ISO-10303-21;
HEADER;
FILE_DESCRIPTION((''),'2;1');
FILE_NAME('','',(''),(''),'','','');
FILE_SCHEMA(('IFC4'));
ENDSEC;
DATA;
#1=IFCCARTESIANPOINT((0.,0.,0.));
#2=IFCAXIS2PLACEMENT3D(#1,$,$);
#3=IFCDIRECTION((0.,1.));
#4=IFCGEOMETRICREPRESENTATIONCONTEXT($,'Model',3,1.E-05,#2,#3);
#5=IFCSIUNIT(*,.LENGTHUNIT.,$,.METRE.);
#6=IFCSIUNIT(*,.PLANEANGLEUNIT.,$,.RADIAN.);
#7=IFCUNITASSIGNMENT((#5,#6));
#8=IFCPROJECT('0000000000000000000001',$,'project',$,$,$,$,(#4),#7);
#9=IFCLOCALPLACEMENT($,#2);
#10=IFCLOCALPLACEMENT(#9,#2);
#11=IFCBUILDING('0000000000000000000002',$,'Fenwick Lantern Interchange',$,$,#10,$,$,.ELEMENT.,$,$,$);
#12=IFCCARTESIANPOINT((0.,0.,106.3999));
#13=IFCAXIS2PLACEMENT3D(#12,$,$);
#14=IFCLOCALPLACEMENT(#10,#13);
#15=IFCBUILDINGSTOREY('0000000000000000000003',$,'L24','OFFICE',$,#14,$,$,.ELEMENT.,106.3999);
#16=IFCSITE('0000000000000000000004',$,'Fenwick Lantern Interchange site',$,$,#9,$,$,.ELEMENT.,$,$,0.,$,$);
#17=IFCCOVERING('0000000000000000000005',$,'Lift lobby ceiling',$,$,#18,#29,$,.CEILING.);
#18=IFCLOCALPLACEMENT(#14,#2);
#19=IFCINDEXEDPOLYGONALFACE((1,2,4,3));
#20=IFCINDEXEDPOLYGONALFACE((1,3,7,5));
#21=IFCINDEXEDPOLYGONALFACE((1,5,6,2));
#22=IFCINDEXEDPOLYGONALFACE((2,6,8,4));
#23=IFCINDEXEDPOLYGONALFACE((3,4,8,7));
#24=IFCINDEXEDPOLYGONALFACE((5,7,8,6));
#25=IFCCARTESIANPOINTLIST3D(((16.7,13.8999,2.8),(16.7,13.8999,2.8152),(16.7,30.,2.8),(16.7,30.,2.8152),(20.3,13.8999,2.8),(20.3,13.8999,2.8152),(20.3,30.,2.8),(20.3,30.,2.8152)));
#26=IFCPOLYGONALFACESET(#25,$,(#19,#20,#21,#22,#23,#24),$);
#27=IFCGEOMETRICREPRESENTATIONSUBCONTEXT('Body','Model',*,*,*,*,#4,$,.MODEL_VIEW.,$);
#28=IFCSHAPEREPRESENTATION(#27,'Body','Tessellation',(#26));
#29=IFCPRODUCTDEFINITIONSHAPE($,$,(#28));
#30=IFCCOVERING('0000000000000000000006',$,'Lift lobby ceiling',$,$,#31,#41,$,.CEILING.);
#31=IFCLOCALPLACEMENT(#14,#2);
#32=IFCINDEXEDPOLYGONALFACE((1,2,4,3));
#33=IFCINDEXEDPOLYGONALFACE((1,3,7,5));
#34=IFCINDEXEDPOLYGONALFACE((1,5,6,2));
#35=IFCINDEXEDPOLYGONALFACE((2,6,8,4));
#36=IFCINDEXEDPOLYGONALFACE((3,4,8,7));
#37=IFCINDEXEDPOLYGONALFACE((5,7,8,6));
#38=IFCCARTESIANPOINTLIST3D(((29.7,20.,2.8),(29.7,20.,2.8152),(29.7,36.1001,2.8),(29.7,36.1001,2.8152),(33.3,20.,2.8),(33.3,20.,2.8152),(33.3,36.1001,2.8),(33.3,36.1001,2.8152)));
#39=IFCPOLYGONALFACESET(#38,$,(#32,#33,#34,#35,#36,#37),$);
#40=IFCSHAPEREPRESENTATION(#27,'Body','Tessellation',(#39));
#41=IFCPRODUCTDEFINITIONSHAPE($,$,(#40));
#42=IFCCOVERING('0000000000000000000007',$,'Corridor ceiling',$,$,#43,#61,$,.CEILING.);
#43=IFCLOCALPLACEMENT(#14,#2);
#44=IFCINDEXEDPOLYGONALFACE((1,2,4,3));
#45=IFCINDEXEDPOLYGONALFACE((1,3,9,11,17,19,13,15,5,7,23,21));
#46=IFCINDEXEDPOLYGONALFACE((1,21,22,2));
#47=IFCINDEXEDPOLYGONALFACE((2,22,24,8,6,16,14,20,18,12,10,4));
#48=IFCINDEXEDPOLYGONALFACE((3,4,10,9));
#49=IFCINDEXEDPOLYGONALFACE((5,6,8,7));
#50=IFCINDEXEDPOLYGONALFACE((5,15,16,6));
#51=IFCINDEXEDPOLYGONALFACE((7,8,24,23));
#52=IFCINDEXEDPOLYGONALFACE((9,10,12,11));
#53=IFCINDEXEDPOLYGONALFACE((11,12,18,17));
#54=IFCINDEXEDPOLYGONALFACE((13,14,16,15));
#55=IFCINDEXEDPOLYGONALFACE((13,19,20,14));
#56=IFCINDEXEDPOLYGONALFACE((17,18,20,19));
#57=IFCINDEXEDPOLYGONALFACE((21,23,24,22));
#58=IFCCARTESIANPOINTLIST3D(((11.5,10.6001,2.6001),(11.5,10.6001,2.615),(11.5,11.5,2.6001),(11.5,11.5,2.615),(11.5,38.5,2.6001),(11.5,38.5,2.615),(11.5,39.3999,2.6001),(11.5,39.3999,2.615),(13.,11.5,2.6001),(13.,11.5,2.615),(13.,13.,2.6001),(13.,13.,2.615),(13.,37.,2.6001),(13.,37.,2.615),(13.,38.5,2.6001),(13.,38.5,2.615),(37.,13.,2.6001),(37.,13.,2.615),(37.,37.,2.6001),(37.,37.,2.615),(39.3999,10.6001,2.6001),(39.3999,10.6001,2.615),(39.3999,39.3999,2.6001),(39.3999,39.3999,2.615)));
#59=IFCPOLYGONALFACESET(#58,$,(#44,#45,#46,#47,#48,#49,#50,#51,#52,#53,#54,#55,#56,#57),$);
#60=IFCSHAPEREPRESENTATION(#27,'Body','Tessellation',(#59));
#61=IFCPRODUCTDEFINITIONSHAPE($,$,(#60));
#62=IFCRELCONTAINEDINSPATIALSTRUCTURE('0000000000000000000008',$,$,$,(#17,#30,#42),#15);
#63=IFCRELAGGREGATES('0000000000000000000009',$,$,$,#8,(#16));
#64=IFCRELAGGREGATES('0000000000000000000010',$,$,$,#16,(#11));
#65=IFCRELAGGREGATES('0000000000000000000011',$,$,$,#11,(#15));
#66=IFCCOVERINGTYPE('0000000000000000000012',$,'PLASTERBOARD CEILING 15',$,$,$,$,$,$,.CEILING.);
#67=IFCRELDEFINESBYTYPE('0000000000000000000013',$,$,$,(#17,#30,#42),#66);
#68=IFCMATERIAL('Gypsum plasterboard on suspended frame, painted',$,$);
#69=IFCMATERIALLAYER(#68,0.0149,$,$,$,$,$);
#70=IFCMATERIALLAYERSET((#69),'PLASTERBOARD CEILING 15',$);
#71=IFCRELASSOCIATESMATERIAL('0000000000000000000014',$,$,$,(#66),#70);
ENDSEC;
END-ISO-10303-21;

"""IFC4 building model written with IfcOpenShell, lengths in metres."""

from ifc_helpers import new_model, si_unit, direction, frame, origin, place, context, subcontext, project, spatial, polyline, outline, extrude, material, layer, layer_set, type_object, element, save


model = new_model("IFC4")

# Units and contexts
model_context = context("Model", 3, precision=1e-05, world=origin(), true_north=direction((0.0, 1.0)))
body_context = subcontext(model_context, "Body", "Model", "MODEL_VIEW")
ifc_project = project(units=[si_unit("LENGTHUNIT", "METRE"), si_unit("PLANEANGLEUNIT", "RADIAN")], contexts=[model_context])

# Site, building, storey
site_placement = place(None, origin())
site = spatial("IfcSite", under=ifc_project, at=site_placement, Name="Fenwick Lantern Interchange site", CompositionType="ELEMENT", RefElevation=0.0)
building_placement = place(site_placement, origin())
building = spatial("IfcBuilding", under=site, at=building_placement, Name="Fenwick Lantern Interchange", CompositionType="ELEMENT")
storey_placement = place(building_placement, frame((0.0, 0.0, 106.3999)))
storey = spatial("IfcBuildingStorey", under=building, at=storey_placement, Name="L24", Description="OFFICE", CompositionType="ELEMENT", Elevation=106.3999)

# Coverings
ifc_material_1 = material(Name="Gypsum plasterboard on suspended frame, painted")
ifc_layer_1 = layer(ifc_material_1, 0.0149)
ifc_layer_set_1 = layer_set([ifc_layer_1], Name="PLASTERBOARD CEILING 15")
covering_type_1 = type_object("IfcCoveringType", Name="PLASTERBOARD CEILING 15", PredefinedType="CEILING", material=ifc_layer_set_1)
covering_1_placement = place(storey_placement, frame((0.0, 0.0, 2.8)))
element("IfcCovering", 1, at=covering_1_placement, inside=storey, type_object=covering_type_1, Name="Lift lobby ceiling", PredefinedType="CEILING", context=body_context, shape_type="SweptSolid", body=[
    extrude(outline(polyline([(16.7, 13.8999), (20.3, 13.8999), (20.3, 30.0), (16.7, 30.0), (16.7, 13.8999)])), origin(), (0.0, 0.0, 1.0), 0.0151),
])
covering_2_placement = place(storey_placement, frame((0.0, 0.0, 2.8)))
element("IfcCovering", 2, at=covering_2_placement, inside=storey, type_object=covering_type_1, Name="Lift lobby ceiling", PredefinedType="CEILING", context=body_context, shape_type="SweptSolid", body=[
    extrude(outline(polyline([(33.3, 36.1001), (29.7, 36.1001), (29.7, 20.0), (33.3, 20.0), (33.3, 36.1001)])), origin(), (0.0, 0.0, 1.0), 0.0151),
])
covering_3_placement = place(storey_placement, frame((0.0, 0.0, 2.6001)))
element("IfcCovering", 3, at=covering_3_placement, inside=storey, type_object=covering_type_1, Name="Corridor ceiling", PredefinedType="CEILING", context=body_context, shape_type="SweptSolid", body=[
    extrude(outline(polyline([(11.5, 11.5), (11.5, 10.6001), (39.3999, 10.6001), (39.3999, 39.3999), (11.5, 39.3999), (11.5, 38.5), (13.0, 38.5), (13.0, 37.0), (37.0, 37.0), (37.0, 13.0), (13.0, 13.0), (13.0, 11.5), (11.5, 11.5)])), origin(), (0.0, 0.0, 1.0), 0.0149),
])

save(model, "model.ifc")
